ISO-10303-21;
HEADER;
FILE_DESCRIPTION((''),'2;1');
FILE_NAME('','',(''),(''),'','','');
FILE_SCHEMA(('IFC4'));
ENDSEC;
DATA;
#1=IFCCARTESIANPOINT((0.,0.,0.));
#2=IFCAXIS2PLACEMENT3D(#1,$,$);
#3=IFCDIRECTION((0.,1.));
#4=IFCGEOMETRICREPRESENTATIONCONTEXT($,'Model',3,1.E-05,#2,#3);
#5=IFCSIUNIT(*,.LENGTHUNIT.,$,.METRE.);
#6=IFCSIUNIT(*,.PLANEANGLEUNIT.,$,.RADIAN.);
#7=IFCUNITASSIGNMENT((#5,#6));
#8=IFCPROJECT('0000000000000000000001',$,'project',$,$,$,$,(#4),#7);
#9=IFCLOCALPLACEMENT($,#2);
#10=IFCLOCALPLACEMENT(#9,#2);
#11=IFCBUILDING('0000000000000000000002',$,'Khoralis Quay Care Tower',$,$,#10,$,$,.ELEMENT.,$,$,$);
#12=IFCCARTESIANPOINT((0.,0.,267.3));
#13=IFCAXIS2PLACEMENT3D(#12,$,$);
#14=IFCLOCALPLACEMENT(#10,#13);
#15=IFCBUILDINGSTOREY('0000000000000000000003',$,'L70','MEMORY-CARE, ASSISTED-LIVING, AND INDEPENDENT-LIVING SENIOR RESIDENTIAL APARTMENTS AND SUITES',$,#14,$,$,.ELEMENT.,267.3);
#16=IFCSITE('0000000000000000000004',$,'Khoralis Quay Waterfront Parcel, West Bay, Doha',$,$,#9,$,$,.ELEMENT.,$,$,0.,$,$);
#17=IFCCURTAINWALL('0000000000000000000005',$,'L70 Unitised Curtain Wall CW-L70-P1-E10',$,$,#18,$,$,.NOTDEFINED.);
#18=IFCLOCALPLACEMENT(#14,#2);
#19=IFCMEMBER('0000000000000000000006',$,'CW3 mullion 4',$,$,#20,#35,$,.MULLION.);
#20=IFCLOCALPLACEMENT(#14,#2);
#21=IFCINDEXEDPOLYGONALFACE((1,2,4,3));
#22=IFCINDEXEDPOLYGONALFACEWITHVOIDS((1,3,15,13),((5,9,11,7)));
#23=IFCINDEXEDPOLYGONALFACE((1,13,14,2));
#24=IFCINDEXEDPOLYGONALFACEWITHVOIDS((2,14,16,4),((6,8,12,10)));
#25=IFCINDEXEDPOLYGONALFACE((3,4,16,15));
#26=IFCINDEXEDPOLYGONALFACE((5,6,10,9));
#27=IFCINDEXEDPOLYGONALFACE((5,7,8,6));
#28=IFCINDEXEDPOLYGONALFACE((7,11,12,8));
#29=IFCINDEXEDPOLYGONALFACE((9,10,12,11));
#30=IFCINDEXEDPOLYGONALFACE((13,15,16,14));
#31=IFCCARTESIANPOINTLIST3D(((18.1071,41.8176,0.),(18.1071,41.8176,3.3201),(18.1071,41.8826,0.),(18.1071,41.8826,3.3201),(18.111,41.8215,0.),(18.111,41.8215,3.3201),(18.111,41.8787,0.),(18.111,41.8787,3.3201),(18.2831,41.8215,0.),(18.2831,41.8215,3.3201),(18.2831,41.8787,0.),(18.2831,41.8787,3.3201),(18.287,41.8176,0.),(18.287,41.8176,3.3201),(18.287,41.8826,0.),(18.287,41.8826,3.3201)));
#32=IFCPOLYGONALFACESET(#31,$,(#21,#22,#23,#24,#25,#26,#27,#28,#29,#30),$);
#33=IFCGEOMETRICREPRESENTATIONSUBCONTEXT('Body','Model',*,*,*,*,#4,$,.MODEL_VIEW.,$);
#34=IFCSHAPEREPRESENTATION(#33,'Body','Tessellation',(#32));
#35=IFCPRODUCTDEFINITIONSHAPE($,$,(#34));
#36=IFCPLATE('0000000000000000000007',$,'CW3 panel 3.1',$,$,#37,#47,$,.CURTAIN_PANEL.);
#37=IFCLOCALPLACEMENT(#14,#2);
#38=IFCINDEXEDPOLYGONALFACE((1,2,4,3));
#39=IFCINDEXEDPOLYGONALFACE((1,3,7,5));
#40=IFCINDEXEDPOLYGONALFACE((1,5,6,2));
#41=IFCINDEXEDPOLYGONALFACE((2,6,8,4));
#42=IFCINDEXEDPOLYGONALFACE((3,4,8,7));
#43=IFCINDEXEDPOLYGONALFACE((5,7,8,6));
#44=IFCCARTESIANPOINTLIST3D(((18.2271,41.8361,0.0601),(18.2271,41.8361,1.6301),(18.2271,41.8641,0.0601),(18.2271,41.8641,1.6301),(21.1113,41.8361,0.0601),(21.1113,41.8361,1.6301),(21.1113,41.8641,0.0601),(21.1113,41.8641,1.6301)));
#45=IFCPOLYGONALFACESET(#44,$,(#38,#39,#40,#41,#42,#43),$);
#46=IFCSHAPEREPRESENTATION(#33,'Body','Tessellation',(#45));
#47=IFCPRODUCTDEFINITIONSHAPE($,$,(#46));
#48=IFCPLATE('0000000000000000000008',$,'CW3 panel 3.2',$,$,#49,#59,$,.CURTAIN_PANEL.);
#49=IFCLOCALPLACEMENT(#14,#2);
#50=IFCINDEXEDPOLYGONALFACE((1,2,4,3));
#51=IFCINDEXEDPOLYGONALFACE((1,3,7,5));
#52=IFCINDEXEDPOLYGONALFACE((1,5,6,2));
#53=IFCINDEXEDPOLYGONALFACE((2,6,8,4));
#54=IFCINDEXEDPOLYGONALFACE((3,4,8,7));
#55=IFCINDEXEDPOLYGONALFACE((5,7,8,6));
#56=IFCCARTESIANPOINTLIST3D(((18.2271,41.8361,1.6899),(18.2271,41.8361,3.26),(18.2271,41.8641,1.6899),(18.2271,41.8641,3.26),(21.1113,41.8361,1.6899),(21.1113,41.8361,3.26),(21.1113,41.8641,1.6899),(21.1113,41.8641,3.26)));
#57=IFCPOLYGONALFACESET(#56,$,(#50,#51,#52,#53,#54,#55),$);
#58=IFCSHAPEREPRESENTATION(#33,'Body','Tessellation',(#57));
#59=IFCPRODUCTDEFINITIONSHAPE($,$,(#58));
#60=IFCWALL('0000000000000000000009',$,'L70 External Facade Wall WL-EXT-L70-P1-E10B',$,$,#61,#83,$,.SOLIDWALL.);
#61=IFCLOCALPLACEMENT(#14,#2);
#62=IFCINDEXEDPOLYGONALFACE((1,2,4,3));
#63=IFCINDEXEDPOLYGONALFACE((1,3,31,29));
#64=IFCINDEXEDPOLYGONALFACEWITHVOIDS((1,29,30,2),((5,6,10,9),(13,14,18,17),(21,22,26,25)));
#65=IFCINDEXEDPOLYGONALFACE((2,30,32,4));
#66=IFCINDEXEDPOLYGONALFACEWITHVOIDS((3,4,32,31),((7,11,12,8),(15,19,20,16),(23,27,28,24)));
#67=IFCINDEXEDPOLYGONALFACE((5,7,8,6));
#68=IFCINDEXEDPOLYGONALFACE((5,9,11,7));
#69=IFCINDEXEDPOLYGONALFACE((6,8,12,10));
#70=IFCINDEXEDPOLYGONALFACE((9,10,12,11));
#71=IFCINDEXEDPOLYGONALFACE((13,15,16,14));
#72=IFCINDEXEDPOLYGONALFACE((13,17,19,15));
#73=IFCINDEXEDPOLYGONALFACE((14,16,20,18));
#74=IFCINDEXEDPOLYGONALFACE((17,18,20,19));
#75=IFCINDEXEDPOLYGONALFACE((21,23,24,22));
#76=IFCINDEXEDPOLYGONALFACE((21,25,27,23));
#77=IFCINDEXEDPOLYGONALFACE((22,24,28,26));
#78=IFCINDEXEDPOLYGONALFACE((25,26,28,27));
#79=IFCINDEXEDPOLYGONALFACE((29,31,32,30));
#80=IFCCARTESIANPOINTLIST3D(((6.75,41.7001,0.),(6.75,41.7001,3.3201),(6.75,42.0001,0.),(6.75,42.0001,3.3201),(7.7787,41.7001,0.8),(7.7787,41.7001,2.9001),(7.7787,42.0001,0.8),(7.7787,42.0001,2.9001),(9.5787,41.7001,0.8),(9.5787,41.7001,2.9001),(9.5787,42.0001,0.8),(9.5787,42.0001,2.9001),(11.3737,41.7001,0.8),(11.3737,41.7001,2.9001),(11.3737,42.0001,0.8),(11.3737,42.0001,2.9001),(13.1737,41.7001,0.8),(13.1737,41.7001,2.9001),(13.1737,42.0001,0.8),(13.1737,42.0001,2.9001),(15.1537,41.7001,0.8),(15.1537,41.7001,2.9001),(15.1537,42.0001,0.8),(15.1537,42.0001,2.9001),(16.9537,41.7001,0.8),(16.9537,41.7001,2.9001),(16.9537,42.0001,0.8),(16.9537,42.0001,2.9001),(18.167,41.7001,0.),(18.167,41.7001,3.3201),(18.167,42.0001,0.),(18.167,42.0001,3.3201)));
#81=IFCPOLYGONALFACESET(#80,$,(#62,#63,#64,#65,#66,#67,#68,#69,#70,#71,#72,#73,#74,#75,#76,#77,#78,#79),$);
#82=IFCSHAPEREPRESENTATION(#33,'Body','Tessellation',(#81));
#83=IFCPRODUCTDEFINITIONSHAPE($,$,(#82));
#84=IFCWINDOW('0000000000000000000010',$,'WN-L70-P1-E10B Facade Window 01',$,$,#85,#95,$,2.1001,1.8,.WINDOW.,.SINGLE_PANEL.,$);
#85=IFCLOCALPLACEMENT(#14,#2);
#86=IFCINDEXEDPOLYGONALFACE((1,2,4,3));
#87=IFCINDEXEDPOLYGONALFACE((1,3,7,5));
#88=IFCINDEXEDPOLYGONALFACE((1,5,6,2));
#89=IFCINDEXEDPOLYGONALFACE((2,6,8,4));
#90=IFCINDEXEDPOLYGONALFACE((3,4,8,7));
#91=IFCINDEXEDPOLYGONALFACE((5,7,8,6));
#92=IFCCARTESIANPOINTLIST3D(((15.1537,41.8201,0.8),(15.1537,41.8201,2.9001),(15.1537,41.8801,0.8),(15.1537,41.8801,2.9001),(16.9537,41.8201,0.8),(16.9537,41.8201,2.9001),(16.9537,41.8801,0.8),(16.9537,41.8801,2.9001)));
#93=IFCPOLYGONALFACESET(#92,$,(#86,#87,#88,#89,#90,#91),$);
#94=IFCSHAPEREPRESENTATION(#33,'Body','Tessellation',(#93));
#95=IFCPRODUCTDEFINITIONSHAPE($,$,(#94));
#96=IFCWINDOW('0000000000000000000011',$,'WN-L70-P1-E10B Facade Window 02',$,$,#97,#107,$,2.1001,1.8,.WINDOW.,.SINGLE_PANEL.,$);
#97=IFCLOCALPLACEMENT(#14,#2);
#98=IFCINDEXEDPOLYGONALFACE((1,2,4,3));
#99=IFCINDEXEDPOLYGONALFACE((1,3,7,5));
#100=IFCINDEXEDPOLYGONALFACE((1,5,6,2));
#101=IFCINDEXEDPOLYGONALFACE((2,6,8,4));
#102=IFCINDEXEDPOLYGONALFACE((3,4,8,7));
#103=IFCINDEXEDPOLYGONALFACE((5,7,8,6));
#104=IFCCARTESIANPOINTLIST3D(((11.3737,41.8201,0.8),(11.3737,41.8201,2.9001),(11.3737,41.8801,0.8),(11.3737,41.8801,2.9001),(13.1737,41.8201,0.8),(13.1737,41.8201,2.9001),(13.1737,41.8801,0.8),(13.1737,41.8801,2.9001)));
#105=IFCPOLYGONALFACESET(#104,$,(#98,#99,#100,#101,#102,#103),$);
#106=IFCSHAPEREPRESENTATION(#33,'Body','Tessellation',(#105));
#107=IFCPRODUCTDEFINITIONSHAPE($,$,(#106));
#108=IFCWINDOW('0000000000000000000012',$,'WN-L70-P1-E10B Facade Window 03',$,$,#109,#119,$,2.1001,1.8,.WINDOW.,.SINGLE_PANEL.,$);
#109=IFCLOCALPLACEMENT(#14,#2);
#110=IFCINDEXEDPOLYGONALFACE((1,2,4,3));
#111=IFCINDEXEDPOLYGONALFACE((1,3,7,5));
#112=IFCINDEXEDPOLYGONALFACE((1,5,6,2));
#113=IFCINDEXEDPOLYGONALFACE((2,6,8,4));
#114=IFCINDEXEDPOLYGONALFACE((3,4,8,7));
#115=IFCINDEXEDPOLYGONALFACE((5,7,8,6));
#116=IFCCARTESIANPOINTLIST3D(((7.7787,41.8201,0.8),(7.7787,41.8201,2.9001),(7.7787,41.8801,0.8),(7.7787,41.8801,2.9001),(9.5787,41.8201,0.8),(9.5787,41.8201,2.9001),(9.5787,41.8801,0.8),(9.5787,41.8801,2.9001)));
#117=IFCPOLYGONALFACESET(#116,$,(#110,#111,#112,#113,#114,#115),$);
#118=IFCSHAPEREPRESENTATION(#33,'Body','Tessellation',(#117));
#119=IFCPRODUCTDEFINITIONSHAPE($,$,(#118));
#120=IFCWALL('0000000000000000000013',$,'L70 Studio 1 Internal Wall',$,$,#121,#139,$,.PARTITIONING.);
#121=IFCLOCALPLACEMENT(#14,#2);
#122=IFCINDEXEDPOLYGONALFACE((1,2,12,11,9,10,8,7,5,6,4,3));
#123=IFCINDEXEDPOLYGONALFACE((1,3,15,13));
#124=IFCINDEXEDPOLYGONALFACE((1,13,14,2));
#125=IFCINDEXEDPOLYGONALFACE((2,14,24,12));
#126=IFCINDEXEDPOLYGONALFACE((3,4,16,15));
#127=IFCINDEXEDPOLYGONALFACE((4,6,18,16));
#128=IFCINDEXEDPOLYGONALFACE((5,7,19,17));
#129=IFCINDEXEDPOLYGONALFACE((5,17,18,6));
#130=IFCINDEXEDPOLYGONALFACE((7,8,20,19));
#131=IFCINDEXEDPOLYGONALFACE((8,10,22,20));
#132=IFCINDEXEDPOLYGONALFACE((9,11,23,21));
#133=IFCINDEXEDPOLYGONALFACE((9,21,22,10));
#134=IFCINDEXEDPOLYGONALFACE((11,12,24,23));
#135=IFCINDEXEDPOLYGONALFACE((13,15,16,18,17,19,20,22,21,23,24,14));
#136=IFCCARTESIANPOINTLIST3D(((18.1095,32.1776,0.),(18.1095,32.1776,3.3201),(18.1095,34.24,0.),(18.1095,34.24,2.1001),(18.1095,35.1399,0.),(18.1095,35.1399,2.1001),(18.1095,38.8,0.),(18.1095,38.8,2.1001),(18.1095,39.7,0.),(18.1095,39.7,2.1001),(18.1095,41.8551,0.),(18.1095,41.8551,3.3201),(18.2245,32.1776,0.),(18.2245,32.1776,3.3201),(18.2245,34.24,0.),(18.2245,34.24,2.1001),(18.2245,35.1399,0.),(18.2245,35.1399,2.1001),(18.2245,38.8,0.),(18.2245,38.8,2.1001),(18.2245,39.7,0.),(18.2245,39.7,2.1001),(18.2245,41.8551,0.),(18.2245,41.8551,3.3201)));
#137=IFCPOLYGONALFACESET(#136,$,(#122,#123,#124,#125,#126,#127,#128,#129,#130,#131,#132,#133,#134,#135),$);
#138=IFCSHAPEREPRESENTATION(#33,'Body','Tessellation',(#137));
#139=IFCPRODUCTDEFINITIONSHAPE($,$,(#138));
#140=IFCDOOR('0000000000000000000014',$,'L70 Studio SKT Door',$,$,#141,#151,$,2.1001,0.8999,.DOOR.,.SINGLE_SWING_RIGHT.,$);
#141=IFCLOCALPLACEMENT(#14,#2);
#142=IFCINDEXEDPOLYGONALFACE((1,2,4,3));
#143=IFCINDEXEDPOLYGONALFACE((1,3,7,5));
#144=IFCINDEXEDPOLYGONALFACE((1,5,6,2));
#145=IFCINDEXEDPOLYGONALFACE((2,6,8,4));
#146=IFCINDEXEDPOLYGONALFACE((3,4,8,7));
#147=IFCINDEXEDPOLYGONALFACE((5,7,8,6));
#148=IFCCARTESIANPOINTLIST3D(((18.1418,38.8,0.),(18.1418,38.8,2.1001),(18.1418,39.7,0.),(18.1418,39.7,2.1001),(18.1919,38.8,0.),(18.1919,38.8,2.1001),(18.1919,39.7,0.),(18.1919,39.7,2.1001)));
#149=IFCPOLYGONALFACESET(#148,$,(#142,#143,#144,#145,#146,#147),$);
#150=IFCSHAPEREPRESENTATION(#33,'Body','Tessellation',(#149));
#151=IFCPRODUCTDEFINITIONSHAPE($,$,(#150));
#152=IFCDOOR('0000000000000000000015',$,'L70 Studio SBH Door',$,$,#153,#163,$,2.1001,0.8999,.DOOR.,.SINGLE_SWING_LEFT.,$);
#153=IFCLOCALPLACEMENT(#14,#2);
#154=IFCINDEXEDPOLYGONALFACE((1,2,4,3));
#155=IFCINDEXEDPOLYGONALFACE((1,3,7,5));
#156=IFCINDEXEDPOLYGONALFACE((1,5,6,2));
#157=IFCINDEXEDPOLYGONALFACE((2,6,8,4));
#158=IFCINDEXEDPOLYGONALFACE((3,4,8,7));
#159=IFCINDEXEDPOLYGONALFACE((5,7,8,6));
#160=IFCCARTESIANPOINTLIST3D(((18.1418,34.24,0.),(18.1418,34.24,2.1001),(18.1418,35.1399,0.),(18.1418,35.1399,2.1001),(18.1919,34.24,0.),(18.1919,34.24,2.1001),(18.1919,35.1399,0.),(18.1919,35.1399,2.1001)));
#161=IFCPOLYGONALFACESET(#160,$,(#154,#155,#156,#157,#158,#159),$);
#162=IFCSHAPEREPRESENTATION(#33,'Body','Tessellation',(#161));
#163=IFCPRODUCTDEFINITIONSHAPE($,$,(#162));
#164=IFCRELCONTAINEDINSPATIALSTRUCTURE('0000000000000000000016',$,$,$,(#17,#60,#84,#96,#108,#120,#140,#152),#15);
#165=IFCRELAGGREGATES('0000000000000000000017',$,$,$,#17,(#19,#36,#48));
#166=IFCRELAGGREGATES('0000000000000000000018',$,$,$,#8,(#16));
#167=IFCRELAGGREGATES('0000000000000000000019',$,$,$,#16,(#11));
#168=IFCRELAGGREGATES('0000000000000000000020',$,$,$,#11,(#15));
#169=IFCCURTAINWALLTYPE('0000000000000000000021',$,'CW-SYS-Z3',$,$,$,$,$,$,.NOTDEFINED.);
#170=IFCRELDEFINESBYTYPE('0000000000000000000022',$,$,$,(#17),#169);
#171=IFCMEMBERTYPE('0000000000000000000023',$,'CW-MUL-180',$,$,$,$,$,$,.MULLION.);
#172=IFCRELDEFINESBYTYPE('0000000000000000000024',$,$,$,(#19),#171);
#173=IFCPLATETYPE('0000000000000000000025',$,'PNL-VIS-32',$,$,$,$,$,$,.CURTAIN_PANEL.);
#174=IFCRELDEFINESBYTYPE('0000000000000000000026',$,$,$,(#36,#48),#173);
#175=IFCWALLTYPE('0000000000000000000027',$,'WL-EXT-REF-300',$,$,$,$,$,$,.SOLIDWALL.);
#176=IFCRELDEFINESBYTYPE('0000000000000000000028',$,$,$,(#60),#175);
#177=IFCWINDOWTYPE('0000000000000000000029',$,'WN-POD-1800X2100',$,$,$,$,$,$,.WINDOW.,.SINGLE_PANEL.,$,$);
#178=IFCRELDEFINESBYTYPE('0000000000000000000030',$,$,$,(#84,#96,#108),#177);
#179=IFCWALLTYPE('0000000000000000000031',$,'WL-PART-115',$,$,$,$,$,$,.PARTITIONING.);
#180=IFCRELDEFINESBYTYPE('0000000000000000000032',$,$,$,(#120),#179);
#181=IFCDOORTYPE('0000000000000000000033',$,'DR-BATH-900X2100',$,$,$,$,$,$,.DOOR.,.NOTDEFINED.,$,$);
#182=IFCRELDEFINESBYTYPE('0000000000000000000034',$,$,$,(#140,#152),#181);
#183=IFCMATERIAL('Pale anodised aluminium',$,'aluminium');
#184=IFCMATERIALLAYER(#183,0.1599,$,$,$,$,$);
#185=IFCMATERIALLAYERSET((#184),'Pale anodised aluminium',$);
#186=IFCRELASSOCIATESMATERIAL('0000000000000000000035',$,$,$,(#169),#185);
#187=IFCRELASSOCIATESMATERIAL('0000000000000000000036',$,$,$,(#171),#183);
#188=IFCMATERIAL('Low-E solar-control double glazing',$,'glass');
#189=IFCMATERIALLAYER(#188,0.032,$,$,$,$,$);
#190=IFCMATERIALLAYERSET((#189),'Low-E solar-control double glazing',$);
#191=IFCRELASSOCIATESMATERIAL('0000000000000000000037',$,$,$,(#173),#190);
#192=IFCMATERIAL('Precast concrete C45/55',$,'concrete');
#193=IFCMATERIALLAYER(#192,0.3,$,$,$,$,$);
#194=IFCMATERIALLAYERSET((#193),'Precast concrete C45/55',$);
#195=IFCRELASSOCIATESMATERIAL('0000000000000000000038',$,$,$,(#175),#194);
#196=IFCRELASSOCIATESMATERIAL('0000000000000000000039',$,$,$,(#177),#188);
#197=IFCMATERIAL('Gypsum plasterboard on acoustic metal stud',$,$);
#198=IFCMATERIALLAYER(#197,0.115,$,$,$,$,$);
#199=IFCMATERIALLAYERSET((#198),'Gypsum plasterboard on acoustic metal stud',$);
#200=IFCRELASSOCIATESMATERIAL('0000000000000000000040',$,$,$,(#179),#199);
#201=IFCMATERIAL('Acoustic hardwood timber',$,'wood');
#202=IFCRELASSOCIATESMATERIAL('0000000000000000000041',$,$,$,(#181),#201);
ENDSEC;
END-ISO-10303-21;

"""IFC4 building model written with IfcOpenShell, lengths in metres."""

from ifc_helpers import new_model, si_unit, direction, frame, frame_2d, origin, origin_2d, place, context, subcontext, project, spatial, rectangle, hollow_rectangle, extrude, source, transform, mapped, material, layer, layer_set, material_profile, profile_set, type_object, element, fill, aggregate, save


model = new_model("IFC4")

# Units and contexts
model_context = context("Model", 3, precision=1e-05, world=origin(), true_north=direction((0.0, 1.0)))
body_context = subcontext(model_context, "Body", "Model", "MODEL_VIEW")
ifc_project = project(units=[si_unit("LENGTHUNIT", "METRE"), si_unit("PLANEANGLEUNIT", "RADIAN")], contexts=[model_context])

# Site, building, storey
site_placement = place(None, origin())
site = spatial("IfcSite", under=ifc_project, at=site_placement, Name="Khoralis Quay Waterfront Parcel, West Bay, Doha", CompositionType="ELEMENT", RefElevation=0.0)
building_placement = place(site_placement, origin())
building = spatial("IfcBuilding", under=site, at=building_placement, Name="Khoralis Quay Care Tower", CompositionType="ELEMENT")
storey_placement = place(building_placement, frame((0.0, 0.0, 267.3)))
storey = spatial("IfcBuildingStorey", under=building, at=storey_placement, Name="L70", Description="MEMORY-CARE, ASSISTED-LIVING, AND INDEPENDENT-LIVING SENIOR RESIDENTIAL APARTMENTS AND SUITES", CompositionType="ELEMENT", Elevation=267.3)

# Curtain wall, member, plates
ifc_material_1 = material(Name="Pale anodised aluminium", Category="aluminium")
ifc_layer_1 = layer(ifc_material_1, 0.1599)
ifc_layer_set_1 = layer_set([ifc_layer_1], Name="Pale anodised aluminium")
curtain_wall_type = type_object("IfcCurtainWallType", Name="CW-SYS-Z3", PredefinedType="NOTDEFINED", material=ifc_layer_set_1)
curtain_wall_placement = place(storey_placement, origin())
curtain_wall = element("IfcCurtainWall", 1, at=curtain_wall_placement, inside=storey, type_object=curtain_wall_type, Name="L70 Unitised Curtain Wall CW-L70-P1-E10", PredefinedType="NOTDEFINED")
ifc_material_profile_1 = material_profile(ifc_material_1, hollow_rectangle(XDim=0.0649, YDim=0.1799, WallThickness=0.0039, at=origin_2d()), Name="Pale anodised aluminium")
ifc_profile_set_1 = profile_set([ifc_material_profile_1], Name="Pale anodised aluminium")
member_type = type_object("IfcMemberType", Name="CW-MUL-180", PredefinedType="MULLION", material=ifc_profile_set_1)
shared_shape_1 = source(origin(), body_context, "Body", "SweptSolid", [
    extrude(hollow_rectangle(XDim=0.0649, YDim=0.1799, WallThickness=0.0039, at=origin_2d()), origin(), (0.0, 0.0, 1.0), 3.3201),
])
member_placement = place(storey_placement, frame((18.197, 41.8501, 0.0), z_axis=(0.0, 0.0, 1.0), x_axis=(0.0, -1.0, 0.0)))
member = element("IfcMember", 2, at=member_placement, type_object=member_type, Name="CW3 mullion 4", PredefinedType="MULLION", context=body_context, shape_type="MappedRepresentation", body=[
    mapped(shared_shape_1, transform((0.0, 0.0, 0.0), scale=1.0)),
])
ifc_material_2 = material(Name="Low-E solar-control double glazing", Category="glass")
ifc_layer_2 = layer(ifc_material_2, 0.032)
ifc_layer_set_2 = layer_set([ifc_layer_2], Name="Low-E solar-control double glazing")
plate_type = type_object("IfcPlateType", Name="PNL-VIS-32", PredefinedType="CURTAIN_PANEL", material=ifc_layer_set_2)
shared_shape_2 = source(origin(), body_context, "Body", "SweptSolid", [
    extrude(rectangle(XDim=2.8843, YDim=0.0281, at=origin_2d()), origin(), (0.0, 0.0, 1.0), 1.5701),
])
plate_1_placement = place(storey_placement, frame((19.6692, 41.8501, 0.0601), z_axis=(0.0, 0.0, 1.0), x_axis=(-1.0, 0.0, 0.0)))
plate_1 = element("IfcPlate", 3, at=plate_1_placement, type_object=plate_type, Name="CW3 panel 3.1", PredefinedType="CURTAIN_PANEL", context=body_context, shape_type="MappedRepresentation", body=[
    mapped(shared_shape_2, transform((0.0, 0.0, 0.0), scale=1.0)),
])
plate_2_placement = place(storey_placement, frame((19.6692, 41.8501, 1.6899), z_axis=(0.0, 0.0, 1.0), x_axis=(-1.0, 0.0, 0.0)))
plate_2 = element("IfcPlate", 4, at=plate_2_placement, type_object=plate_type, Name="CW3 panel 3.2", PredefinedType="CURTAIN_PANEL", context=body_context, shape_type="MappedRepresentation", body=[
    mapped(shared_shape_2, transform((0.0, 0.0, 0.0), scale=1.0)),
])
aggregate(curtain_wall, [member, plate_1, plate_2])

# Wall, openings, windows
ifc_material_3 = material(Name="Precast concrete C45/55", Category="concrete")
ifc_layer_3 = layer(ifc_material_3, 0.3)
ifc_layer_set_3 = layer_set([ifc_layer_3], Name="Precast concrete C45/55")
wall_type_1 = type_object("IfcWallType", Name="WL-EXT-REF-300", PredefinedType="SOLIDWALL", material=ifc_layer_set_3)
wall_1_placement = place(storey_placement, frame((18.167, 41.8501, 0.0), z_axis=(0.0, 0.0, 1.0), x_axis=(-1.0, 0.0, 0.0)))
wall_1 = element("IfcWall", 5, at=wall_1_placement, inside=storey, type_object=wall_type_1, Name="L70 External Facade Wall WL-EXT-L70-P1-E10B", PredefinedType="SOLIDWALL", context=body_context, shape_type="SweptSolid", body=[
    extrude(rectangle(XDim=11.417, YDim=0.3, at=frame_2d((5.7085, 0.0))), origin(), (0.0, 0.0, 1.0), 3.3201),
])
opening_1_placement = place(wall_1_placement, frame((1.2134, 0.0, 0.8)))
opening_1 = element("IfcOpeningElement", 6, at=opening_1_placement, cuts=wall_1, PredefinedType="OPENING", context=body_context, shape_type="SweptSolid", body=[
    extrude(rectangle(XDim=1.8, YDim=2.1001, at=frame_2d((0.8999, 1.05))), frame((0.0, 0.1602, 0.0), z_axis=(0.0, -1.0, 0.0), x_axis=(1.0, 0.0, 0.0)), (0.0, 0.0, 1.0), 0.3201),
])
opening_2_placement = place(wall_1_placement, frame((4.9934, 0.0, 0.8)))
opening_2 = element("IfcOpeningElement", 7, at=opening_2_placement, cuts=wall_1, PredefinedType="OPENING", context=body_context, shape_type="SweptSolid", body=[
    extrude(rectangle(XDim=1.8, YDim=2.1001, at=frame_2d((0.8999, 1.05))), frame((0.0, 0.1602, 0.0), z_axis=(0.0, -1.0, 0.0), x_axis=(1.0, 0.0, 0.0)), (0.0, 0.0, 1.0), 0.3201),
])
opening_3_placement = place(wall_1_placement, frame((8.5884, 0.0, 0.8)))
opening_3 = element("IfcOpeningElement", 8, at=opening_3_placement, cuts=wall_1, PredefinedType="OPENING", context=body_context, shape_type="SweptSolid", body=[
    extrude(rectangle(XDim=1.8, YDim=2.1001, at=frame_2d((0.8999, 1.05))), frame((0.0, 0.1602, 0.0), z_axis=(0.0, -1.0, 0.0), x_axis=(1.0, 0.0, 0.0)), (0.0, 0.0, 1.0), 0.3201),
])
window_type = type_object("IfcWindowType", Name="WN-POD-1800X2100", PartitioningType="SINGLE_PANEL", PredefinedType="WINDOW", material=ifc_material_2)
shared_shape_3 = source(origin(), body_context, "Body", "SweptSolid", [
    extrude(rectangle(XDim=1.8, YDim=2.1001, at=frame_2d((0.8999, 1.05))), frame((0.0, 0.03, 0.0), z_axis=(0.0, -1.0, 0.0), x_axis=(1.0, 0.0, 0.0)), (0.0, 0.0, 1.0), 0.0601),
])
window_1_placement = place(opening_1_placement, origin())
window_1 = element("IfcWindow", 9, at=window_1_placement, inside=storey, type_object=window_type, Name="WN-L70-P1-E10B Facade Window 01", OverallHeight=2.1001, OverallWidth=1.8, PartitioningType="SINGLE_PANEL", PredefinedType="WINDOW", context=body_context, shape_type="MappedRepresentation", body=[
    mapped(shared_shape_3, transform((0.0, 0.0, 0.0), scale=1.0)),
])
fill(opening_1, window_1)
window_2_placement = place(opening_2_placement, origin())
window_2 = element("IfcWindow", 10, at=window_2_placement, inside=storey, type_object=window_type, Name="WN-L70-P1-E10B Facade Window 02", OverallHeight=2.1001, OverallWidth=1.8, PartitioningType="SINGLE_PANEL", PredefinedType="WINDOW", context=body_context, shape_type="MappedRepresentation", body=[
    mapped(shared_shape_3, transform((0.0, 0.0, 0.0), scale=1.0)),
])
fill(opening_2, window_2)
window_3_placement = place(opening_3_placement, origin())
window_3 = element("IfcWindow", 11, at=window_3_placement, inside=storey, type_object=window_type, Name="WN-L70-P1-E10B Facade Window 03", OverallHeight=2.1001, OverallWidth=1.8, PartitioningType="SINGLE_PANEL", PredefinedType="WINDOW", context=body_context, shape_type="MappedRepresentation", body=[
    mapped(shared_shape_3, transform((0.0, 0.0, 0.0), scale=1.0)),
])
fill(opening_3, window_3)

# Wall, openings, doors
ifc_material_4 = material(Name="Gypsum plasterboard on acoustic metal stud")
ifc_layer_4 = layer(ifc_material_4, 0.115)
ifc_layer_set_4 = layer_set([ifc_layer_4], Name="Gypsum plasterboard on acoustic metal stud")
wall_type_2 = type_object("IfcWallType", Name="WL-PART-115", PredefinedType="PARTITIONING", material=ifc_layer_set_4)
wall_2_placement = place(storey_placement, frame((18.167, 32.1775, 0.0), z_axis=(0.0, 0.0, 1.0), x_axis=(0.0, 1.0, 0.0)))
wall_2 = element("IfcWall", 12, at=wall_2_placement, inside=storey, type_object=wall_type_2, Name="L70 Studio 1 Internal Wall", PredefinedType="PARTITIONING", context=body_context, shape_type="SweptSolid", body=[
    extrude(rectangle(XDim=9.6775, YDim=0.115, at=frame_2d((4.8389, 0.0))), origin(), (0.0, 0.0, 1.0), 3.3201),
])
opening_4_placement = place(wall_2_placement, frame((6.6226, 0.0, 0.0)))
opening_4 = element("IfcOpeningElement", 13, at=opening_4_placement, cuts=wall_2, PredefinedType="OPENING", context=body_context, shape_type="SweptSolid", body=[
    extrude(rectangle(XDim=0.8999, YDim=2.1001, at=frame_2d((0.45, 1.05))), frame((0.0, 0.0674, 0.0), z_axis=(0.0, -1.0, 0.0), x_axis=(1.0, 0.0, 0.0)), (0.0, 0.0, 1.0), 0.135),
])
opening_5_placement = place(wall_2_placement, frame((2.0625, 0.0, 0.0)))
opening_5 = element("IfcOpeningElement", 14, at=opening_5_placement, cuts=wall_2, PredefinedType="OPENING", context=body_context, shape_type="SweptSolid", body=[
    extrude(rectangle(XDim=0.8999, YDim=2.1001, at=frame_2d((0.45, 1.05))), frame((0.0, 0.0674, 0.0), z_axis=(0.0, -1.0, 0.0), x_axis=(1.0, 0.0, 0.0)), (0.0, 0.0, 1.0), 0.135),
])
ifc_material_5 = material(Name="Acoustic hardwood timber", Category="wood")
door_type = type_object("IfcDoorType", Name="DR-BATH-900X2100", OperationType="NOTDEFINED", PredefinedType="DOOR", material=ifc_material_5)
shared_shape_4 = source(origin(), body_context, "Body", "SweptSolid", [
    extrude(rectangle(XDim=0.8999, YDim=2.1001, at=frame_2d((0.45, 1.05))), frame((0.0, 0.0249, 0.0), z_axis=(0.0, -1.0, 0.0), x_axis=(1.0, 0.0, 0.0)), (0.0, 0.0, 1.0), 0.05),
])
door_1_placement = place(opening_4_placement, frame((0.8999, 0.0, 0.0), z_axis=(0.0, 0.0, 1.0), x_axis=(-1.0, 0.0, 0.0)))
door_1 = element("IfcDoor", 15, at=door_1_placement, inside=storey, type_object=door_type, Name="L70 Studio SKT Door", OperationType="SINGLE_SWING_RIGHT", OverallHeight=2.1001, OverallWidth=0.8999, PredefinedType="DOOR", context=body_context, shape_type="MappedRepresentation", body=[
    mapped(shared_shape_4, transform((0.0, 0.0, 0.0), scale=1.0)),
])
fill(opening_4, door_1)
door_2_placement = place(opening_5_placement, frame((0.8999, 0.0, 0.0), z_axis=(0.0, 0.0, 1.0), x_axis=(-1.0, 0.0, 0.0)))
door_2 = element("IfcDoor", 16, at=door_2_placement, inside=storey, type_object=door_type, Name="L70 Studio SBH Door", OperationType="SINGLE_SWING_LEFT", OverallHeight=2.1001, OverallWidth=0.8999, PredefinedType="DOOR", context=body_context, shape_type="MappedRepresentation", body=[
    mapped(shared_shape_4, transform((0.0, 0.0, 0.0), scale=1.0)),
])
fill(opening_5, door_2)

save(model, "model.ifc")
